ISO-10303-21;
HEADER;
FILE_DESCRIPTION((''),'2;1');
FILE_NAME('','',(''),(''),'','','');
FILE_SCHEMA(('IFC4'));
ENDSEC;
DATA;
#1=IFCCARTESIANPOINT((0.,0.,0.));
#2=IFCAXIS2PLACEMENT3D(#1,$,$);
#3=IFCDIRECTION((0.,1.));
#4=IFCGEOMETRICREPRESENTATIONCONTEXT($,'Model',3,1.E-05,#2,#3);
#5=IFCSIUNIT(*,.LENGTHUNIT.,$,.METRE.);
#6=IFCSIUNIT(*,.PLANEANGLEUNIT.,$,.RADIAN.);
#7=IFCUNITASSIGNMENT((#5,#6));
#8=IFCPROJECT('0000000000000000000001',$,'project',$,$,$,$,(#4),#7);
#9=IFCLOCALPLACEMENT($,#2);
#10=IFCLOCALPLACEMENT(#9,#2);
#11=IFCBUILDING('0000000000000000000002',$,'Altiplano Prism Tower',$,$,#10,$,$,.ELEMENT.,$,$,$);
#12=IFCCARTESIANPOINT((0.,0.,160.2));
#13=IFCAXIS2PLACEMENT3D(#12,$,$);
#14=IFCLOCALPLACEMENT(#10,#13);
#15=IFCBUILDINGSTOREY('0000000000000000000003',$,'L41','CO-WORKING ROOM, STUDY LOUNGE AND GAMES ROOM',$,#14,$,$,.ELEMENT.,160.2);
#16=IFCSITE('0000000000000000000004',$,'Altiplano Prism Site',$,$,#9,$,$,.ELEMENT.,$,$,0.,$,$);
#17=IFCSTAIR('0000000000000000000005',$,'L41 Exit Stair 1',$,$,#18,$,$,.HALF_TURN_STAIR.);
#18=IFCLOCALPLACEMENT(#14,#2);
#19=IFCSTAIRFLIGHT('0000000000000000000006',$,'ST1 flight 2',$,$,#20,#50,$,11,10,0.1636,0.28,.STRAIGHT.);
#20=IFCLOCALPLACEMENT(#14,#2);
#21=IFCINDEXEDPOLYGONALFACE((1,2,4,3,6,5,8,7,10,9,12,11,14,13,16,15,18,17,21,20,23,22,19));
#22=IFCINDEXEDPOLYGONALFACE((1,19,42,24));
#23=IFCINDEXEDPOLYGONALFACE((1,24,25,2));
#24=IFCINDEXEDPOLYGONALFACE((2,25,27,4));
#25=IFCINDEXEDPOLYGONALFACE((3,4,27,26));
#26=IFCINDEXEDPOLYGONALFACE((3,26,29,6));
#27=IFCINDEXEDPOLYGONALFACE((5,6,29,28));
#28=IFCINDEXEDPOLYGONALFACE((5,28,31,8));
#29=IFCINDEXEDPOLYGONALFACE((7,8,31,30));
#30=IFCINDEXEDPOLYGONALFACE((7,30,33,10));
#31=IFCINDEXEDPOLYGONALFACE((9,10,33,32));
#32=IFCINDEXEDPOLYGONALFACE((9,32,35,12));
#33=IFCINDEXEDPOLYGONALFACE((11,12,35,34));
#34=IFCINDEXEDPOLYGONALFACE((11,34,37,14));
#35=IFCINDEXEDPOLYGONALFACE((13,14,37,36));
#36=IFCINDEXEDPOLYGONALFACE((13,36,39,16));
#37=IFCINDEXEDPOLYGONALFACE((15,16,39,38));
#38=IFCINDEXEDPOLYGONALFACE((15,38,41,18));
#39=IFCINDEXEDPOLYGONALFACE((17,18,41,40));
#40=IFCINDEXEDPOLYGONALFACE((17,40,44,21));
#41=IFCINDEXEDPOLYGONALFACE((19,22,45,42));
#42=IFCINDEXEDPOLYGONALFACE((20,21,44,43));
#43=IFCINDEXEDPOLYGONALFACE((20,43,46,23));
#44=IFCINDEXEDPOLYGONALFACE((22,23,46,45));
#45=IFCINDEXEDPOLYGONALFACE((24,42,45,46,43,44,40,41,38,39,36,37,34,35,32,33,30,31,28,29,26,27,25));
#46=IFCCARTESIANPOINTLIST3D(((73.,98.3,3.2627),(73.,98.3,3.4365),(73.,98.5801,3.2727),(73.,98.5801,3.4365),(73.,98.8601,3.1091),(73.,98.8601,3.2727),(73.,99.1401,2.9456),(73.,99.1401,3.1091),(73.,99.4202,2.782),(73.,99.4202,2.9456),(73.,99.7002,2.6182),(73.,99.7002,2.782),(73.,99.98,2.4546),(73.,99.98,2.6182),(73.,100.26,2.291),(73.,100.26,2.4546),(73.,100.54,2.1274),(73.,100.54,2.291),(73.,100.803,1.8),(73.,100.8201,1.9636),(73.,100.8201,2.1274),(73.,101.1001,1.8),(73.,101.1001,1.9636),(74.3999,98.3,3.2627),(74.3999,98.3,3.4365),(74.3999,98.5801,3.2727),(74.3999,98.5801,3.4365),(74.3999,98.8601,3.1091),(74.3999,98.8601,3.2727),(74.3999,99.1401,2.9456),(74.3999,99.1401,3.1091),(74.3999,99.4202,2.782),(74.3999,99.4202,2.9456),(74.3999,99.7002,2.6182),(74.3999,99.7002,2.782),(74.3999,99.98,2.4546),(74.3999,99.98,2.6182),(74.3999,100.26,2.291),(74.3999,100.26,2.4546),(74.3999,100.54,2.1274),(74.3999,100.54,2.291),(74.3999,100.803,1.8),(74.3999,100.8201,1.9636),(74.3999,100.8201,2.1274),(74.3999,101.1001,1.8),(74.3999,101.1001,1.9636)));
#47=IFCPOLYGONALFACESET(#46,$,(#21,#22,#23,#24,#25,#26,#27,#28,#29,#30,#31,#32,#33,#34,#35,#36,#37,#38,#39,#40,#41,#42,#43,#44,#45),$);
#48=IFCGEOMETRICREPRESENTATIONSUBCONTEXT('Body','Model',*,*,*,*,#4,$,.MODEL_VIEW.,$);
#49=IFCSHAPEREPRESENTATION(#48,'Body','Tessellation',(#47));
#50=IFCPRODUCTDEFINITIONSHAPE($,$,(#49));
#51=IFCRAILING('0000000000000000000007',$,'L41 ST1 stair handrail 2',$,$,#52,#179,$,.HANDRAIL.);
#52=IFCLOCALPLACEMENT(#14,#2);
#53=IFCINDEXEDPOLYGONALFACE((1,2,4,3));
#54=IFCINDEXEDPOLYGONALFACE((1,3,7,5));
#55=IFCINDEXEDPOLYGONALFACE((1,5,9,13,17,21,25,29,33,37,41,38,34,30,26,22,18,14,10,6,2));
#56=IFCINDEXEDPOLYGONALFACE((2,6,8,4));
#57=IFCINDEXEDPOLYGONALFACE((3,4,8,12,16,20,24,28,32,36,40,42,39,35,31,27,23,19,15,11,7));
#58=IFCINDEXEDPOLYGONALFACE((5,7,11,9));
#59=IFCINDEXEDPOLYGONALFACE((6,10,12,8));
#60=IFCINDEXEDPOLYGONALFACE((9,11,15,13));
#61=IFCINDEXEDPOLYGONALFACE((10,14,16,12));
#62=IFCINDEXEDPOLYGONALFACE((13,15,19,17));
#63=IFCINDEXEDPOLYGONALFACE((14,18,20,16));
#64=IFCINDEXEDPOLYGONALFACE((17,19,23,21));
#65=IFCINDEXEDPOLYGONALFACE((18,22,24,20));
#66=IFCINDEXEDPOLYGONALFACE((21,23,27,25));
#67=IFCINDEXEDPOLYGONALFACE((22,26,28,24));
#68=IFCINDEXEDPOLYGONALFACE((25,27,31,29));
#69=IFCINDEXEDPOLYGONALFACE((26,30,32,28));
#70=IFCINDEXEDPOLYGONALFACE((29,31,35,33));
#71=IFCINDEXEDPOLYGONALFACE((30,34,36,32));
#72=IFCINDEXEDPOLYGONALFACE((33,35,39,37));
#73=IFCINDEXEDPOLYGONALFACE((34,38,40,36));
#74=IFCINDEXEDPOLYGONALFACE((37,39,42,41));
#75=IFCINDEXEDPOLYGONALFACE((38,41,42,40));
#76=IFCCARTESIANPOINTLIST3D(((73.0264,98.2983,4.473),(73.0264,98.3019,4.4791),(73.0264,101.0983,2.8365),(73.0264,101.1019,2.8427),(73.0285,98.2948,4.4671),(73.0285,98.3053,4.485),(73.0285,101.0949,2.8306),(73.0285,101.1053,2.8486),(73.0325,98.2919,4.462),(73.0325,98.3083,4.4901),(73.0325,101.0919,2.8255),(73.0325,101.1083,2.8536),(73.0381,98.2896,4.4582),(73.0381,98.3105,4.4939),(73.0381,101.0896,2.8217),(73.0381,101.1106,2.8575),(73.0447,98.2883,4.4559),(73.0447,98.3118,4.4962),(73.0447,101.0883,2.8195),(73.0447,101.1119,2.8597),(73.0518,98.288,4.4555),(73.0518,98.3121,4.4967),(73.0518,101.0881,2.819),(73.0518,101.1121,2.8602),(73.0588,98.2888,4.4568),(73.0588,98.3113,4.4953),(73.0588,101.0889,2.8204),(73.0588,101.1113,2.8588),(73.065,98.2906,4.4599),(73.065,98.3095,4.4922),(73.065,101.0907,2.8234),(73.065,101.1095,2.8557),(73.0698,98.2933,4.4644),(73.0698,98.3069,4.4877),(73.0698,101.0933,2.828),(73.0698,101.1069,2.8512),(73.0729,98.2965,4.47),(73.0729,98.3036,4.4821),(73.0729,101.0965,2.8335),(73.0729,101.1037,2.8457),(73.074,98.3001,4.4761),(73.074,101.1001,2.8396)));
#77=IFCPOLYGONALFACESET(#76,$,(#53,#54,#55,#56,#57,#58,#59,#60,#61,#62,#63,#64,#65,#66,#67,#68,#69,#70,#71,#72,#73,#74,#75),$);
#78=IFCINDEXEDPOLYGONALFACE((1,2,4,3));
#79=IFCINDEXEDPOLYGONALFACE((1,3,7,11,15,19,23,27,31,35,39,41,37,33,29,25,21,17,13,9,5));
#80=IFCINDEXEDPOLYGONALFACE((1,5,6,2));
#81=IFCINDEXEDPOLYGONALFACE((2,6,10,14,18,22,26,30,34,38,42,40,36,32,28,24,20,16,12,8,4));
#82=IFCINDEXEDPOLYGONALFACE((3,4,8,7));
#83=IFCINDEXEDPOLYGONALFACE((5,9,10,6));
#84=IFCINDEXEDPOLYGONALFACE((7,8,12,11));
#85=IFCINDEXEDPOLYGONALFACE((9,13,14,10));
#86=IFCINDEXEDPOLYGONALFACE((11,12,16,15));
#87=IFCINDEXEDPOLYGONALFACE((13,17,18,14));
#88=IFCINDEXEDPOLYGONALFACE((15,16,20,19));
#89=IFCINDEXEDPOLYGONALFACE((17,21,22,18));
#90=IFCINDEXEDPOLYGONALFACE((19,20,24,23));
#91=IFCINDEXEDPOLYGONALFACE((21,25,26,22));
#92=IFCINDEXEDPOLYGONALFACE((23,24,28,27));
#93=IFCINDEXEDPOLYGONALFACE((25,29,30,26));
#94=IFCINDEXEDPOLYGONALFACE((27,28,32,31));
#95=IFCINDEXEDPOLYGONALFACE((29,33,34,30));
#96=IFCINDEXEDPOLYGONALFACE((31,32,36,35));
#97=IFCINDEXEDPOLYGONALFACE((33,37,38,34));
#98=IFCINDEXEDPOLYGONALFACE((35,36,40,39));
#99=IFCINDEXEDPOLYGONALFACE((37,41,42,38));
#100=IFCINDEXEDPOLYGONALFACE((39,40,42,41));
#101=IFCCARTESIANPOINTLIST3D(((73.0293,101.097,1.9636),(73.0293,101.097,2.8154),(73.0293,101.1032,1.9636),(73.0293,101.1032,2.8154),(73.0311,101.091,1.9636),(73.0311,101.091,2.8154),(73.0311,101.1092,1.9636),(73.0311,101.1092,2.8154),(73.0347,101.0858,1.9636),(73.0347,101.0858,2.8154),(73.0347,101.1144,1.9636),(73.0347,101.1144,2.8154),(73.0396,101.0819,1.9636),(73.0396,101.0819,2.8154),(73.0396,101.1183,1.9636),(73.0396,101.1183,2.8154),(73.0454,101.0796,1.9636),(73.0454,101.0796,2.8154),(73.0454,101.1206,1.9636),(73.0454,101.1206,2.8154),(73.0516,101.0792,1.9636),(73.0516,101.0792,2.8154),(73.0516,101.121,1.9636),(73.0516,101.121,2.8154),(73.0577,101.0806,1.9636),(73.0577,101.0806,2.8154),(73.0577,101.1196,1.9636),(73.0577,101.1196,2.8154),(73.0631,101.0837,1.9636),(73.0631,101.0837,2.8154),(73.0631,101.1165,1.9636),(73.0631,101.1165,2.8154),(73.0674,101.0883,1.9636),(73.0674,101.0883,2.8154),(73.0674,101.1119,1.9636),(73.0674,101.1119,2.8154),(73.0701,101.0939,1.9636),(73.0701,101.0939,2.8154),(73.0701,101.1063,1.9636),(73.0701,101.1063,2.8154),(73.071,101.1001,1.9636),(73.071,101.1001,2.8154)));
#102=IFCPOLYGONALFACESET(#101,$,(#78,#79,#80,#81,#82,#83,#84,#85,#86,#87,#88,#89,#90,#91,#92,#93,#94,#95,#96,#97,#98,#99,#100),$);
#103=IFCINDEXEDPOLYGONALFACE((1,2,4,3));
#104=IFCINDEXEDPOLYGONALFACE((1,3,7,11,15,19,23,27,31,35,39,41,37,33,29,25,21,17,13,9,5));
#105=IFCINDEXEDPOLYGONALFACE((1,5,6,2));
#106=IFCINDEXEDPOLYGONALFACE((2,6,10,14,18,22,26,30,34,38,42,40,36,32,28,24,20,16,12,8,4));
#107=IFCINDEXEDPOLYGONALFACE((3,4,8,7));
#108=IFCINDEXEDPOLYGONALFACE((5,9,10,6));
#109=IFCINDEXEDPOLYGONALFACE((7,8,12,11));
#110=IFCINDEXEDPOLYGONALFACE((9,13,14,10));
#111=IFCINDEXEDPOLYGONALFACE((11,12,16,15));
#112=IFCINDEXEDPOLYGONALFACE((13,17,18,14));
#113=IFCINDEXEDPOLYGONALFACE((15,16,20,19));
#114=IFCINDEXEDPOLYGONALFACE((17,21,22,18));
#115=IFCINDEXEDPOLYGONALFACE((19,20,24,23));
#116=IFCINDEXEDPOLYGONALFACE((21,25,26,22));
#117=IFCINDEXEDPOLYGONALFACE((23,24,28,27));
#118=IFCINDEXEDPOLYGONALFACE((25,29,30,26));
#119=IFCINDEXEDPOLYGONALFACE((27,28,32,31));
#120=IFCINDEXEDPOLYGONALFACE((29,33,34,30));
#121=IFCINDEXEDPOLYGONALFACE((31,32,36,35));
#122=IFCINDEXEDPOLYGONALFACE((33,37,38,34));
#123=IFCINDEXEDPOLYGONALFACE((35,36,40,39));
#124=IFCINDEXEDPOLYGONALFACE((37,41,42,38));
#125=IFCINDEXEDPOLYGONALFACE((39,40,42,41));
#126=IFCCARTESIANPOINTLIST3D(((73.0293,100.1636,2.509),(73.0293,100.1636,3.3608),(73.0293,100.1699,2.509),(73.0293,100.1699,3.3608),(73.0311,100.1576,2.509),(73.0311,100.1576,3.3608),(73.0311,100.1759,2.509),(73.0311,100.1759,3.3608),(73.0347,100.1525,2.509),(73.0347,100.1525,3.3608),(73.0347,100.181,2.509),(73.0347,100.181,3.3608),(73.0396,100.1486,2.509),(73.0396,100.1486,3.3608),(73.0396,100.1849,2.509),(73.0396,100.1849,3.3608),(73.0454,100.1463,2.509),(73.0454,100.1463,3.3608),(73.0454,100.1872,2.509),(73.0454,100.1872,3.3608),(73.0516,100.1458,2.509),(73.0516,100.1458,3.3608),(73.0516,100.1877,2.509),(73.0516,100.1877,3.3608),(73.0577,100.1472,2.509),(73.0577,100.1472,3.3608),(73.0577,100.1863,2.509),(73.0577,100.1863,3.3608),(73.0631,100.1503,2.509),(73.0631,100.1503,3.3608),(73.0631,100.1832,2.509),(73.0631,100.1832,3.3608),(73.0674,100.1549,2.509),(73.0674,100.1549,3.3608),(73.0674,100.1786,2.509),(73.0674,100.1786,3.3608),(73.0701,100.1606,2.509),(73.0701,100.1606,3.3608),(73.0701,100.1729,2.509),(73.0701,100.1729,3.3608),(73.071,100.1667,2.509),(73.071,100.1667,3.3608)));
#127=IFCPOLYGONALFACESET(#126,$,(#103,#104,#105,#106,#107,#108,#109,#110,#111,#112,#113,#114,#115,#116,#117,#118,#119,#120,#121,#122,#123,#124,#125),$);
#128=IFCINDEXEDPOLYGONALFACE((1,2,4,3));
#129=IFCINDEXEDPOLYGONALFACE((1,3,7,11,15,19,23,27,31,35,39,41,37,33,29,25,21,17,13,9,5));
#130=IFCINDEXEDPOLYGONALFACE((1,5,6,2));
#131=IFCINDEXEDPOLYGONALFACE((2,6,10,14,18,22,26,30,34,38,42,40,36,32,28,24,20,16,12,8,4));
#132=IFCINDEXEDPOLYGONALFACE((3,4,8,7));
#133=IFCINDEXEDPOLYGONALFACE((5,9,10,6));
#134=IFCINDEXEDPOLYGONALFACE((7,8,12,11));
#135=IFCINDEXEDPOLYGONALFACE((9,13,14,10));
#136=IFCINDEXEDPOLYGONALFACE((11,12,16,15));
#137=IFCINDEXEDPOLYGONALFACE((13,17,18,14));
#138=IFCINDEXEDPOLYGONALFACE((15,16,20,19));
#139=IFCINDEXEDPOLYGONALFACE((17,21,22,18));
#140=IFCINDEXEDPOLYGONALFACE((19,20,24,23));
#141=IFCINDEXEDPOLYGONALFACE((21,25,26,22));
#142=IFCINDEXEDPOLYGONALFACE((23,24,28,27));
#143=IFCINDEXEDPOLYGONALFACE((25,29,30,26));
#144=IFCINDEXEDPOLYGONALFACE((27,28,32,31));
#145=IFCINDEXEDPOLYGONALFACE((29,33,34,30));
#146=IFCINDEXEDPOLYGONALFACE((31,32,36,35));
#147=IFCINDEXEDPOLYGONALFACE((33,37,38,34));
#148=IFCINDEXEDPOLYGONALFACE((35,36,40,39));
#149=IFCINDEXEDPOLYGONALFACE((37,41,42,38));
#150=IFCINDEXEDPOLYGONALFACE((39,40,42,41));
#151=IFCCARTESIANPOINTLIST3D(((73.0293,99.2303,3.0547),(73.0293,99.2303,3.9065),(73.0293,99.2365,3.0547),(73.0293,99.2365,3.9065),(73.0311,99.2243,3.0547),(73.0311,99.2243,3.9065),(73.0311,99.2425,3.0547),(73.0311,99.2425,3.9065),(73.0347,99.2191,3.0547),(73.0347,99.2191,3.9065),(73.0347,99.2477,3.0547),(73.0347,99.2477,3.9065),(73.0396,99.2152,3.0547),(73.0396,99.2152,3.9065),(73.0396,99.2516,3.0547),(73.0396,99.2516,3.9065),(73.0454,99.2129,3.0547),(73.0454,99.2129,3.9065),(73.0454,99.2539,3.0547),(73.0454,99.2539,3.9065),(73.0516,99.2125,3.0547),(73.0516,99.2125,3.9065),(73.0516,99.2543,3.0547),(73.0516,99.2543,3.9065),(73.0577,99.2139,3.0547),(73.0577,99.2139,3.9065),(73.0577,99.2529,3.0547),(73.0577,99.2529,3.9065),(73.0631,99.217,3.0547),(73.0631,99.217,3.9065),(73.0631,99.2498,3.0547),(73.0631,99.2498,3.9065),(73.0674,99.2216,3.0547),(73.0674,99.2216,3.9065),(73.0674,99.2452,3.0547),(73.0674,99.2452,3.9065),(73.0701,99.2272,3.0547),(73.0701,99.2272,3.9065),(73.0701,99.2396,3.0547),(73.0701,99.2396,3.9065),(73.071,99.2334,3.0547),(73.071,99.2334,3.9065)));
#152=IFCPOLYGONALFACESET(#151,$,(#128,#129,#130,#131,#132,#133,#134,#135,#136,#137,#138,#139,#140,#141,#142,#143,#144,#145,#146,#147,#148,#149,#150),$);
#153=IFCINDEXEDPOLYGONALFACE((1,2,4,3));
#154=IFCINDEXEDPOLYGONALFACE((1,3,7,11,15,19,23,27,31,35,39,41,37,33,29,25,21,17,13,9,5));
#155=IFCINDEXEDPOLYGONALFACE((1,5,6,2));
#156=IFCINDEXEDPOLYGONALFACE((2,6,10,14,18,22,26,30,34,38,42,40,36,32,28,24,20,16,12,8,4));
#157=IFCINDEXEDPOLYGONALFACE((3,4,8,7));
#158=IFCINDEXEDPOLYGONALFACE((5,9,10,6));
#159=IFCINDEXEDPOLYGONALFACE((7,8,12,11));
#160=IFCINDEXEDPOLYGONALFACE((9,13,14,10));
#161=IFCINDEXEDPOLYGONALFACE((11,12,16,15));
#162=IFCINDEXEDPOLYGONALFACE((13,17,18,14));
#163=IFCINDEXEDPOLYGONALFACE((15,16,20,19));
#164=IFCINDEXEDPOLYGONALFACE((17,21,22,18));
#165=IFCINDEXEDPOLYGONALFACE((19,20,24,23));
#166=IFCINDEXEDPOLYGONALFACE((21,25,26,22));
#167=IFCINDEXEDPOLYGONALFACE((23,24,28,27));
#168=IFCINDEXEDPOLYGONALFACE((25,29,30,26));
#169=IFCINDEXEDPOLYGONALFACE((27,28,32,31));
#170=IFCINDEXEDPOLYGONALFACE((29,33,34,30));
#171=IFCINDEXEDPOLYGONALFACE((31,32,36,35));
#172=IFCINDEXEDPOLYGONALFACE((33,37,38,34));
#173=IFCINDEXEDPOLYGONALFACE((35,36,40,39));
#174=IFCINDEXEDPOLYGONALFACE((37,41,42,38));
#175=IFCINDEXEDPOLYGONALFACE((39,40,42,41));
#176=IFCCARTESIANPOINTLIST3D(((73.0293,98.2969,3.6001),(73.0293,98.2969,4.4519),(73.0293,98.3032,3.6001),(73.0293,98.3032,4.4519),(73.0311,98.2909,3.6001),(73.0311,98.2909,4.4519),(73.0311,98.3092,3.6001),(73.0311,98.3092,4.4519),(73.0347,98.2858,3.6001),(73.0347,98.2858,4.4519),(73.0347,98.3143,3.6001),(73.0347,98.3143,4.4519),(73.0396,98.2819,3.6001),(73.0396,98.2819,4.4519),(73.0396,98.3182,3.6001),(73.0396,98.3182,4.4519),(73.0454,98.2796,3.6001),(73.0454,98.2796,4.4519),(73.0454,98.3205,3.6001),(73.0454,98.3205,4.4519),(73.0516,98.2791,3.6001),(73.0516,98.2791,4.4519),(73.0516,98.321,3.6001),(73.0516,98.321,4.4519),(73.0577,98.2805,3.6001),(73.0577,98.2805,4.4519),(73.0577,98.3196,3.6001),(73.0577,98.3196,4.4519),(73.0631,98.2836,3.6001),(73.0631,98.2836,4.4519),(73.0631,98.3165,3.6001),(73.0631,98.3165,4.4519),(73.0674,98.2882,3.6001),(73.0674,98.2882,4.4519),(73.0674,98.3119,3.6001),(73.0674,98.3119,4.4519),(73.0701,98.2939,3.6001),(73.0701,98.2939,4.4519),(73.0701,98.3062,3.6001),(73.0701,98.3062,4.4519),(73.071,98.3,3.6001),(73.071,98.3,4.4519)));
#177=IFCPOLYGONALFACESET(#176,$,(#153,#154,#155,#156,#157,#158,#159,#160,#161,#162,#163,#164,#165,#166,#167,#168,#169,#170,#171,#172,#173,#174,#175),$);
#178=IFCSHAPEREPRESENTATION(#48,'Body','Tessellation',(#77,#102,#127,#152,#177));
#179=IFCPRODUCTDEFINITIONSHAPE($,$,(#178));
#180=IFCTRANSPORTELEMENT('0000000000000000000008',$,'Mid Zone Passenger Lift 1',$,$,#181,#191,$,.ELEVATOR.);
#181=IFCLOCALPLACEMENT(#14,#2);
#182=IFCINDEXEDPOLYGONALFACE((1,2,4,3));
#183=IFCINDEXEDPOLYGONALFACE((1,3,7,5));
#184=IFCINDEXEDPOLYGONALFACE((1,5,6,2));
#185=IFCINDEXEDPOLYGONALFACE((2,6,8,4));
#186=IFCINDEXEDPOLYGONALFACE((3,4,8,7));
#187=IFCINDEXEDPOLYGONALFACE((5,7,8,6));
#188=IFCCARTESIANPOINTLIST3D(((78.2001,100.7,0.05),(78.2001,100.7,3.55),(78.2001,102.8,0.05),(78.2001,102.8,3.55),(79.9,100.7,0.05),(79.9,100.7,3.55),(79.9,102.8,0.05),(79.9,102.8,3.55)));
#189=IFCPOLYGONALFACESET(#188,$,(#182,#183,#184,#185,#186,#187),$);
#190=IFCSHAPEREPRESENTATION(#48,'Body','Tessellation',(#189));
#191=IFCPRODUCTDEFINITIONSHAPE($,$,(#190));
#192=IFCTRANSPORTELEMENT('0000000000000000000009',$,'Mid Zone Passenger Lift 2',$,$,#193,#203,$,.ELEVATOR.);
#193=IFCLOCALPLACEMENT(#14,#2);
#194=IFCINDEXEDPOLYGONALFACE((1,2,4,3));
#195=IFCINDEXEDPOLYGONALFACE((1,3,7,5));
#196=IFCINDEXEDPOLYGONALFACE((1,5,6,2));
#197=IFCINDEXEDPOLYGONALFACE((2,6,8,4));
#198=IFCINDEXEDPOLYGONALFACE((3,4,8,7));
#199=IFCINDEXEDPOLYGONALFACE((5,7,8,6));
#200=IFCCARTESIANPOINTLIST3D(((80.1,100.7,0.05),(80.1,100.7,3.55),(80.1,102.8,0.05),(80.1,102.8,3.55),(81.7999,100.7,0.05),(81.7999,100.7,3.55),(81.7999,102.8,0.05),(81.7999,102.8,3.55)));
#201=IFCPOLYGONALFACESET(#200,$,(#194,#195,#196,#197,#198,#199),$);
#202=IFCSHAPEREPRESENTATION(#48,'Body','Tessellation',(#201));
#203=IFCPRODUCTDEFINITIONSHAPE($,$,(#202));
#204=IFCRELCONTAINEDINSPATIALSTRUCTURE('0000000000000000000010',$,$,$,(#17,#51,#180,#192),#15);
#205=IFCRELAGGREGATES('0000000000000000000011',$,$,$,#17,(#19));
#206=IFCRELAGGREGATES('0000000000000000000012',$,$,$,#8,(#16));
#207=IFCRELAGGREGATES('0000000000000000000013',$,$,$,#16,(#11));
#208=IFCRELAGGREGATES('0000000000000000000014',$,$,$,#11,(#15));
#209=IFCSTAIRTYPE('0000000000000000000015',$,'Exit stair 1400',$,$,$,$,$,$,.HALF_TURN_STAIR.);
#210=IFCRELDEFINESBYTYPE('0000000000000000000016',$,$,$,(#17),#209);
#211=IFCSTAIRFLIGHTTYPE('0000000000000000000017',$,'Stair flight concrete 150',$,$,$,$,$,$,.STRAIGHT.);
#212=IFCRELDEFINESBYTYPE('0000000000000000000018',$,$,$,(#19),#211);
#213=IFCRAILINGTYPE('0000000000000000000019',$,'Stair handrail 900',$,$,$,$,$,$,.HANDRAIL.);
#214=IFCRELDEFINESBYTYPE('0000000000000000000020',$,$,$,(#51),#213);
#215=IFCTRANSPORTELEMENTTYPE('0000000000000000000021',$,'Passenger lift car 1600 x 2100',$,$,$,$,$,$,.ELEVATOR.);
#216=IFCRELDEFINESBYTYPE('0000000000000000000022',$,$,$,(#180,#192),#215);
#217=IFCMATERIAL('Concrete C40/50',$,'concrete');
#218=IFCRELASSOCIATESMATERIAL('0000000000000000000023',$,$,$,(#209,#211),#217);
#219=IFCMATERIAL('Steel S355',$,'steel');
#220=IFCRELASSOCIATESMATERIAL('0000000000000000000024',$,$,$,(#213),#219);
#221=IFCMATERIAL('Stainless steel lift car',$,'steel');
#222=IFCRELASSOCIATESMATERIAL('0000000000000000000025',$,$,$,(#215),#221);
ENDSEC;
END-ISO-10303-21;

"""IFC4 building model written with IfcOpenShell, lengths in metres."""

from ifc_helpers import new_model, si_unit, direction, frame, origin, origin_2d, place, context, subcontext, project, spatial, polyline, rectangle, circle, outline, extrude, material, type_object, element, aggregate, save


model = new_model("IFC4")

# Units and contexts
model_context = context("Model", 3, precision=1e-05, world=origin(), true_north=direction((0.0, 1.0)))
body_context = subcontext(model_context, "Body", "Model", "MODEL_VIEW")
ifc_project = project(units=[si_unit("LENGTHUNIT", "METRE"), si_unit("PLANEANGLEUNIT", "RADIAN")], contexts=[model_context])

# Site, building, storey
site_placement = place(None, origin())
site = spatial("IfcSite", under=ifc_project, at=site_placement, Name="Altiplano Prism Site", CompositionType="ELEMENT", RefElevation=0.0)
building_placement = place(site_placement, origin())
building = spatial("IfcBuilding", under=site, at=building_placement, Name="Altiplano Prism Tower", CompositionType="ELEMENT")
storey_placement = place(building_placement, frame((0.0, 0.0, 160.2)))
storey = spatial("IfcBuildingStorey", under=building, at=storey_placement, Name="L41", Description="CO-WORKING ROOM, STUDY LOUNGE AND GAMES ROOM", CompositionType="ELEMENT", Elevation=160.2)

# Shared definitions
ifc_material_1 = material(Name="Steel S355", Category="steel")

# Stair, stair flight
ifc_material_2 = material(Name="Concrete C40/50", Category="concrete")
stair_type = type_object("IfcStairType", Name="Exit stair 1400", PredefinedType="HALF_TURN_STAIR", material=ifc_material_2)
stair_placement = place(storey_placement, origin())
stair = element("IfcStair", 1, at=stair_placement, inside=storey, type_object=stair_type, Name="L41 Exit Stair 1", PredefinedType="HALF_TURN_STAIR")
stair_flight_type = type_object("IfcStairFlightType", Name="Stair flight concrete 150", PredefinedType="STRAIGHT", material=ifc_material_2)
stair_flight_placement = place(storey_placement, frame((73.7, 101.1001, 1.8), z_axis=(0.0, 0.0, 1.0), x_axis=(0.0, -1.0, 0.0)))
stair_flight = element("IfcStairFlight", 2, at=stair_flight_placement, type_object=stair_flight_type, Name="ST1 flight 2", NumberOfRisers=11, NumberOfTreads=10, PredefinedType="STRAIGHT", RiserHeight=0.1636, TreadLength=0.28, context=body_context, shape_type="SweptSolid", body=[
    extrude(outline(polyline([(0.0, 0.0), (0.0, 0.1636), (0.28, 0.1636), (0.28, 0.3274), (0.5601, 0.3274), (0.5601, 0.491), (0.8401, 0.491), (0.8401, 0.6545), (1.1201, 0.6545), (1.1201, 0.8181), (1.3999, 0.8181), (1.3999, 0.9819), (1.6799, 0.9819), (1.6799, 1.1455), (1.96, 1.1455), (1.96, 1.3091), (2.24, 1.3091), (2.24, 1.4727), (2.52, 1.4727), (2.52, 1.6365), (2.8, 1.6365), (2.8, 1.8), (2.8, 1.4626), (0.2971, 0.0), (0.0, 0.0)])), frame((0.0, 0.7, 0.0), z_axis=(0.0, -1.0, 0.0), x_axis=(1.0, 0.0, 0.0)), (0.0, 0.0, 1.0), 1.3999),
])
aggregate(stair, [stair_flight])

# Railing
railing_type = type_object("IfcRailingType", Name="Stair handrail 900", PredefinedType="HANDRAIL", material=ifc_material_1)
railing_placement = place(storey_placement, frame((73.05, 101.1001, 1.9636)))
element("IfcRailing", 3, at=railing_placement, inside=storey, type_object=railing_type, Name="L41 ST1 stair handrail 2", PredefinedType="HANDRAIL", context=body_context, shape_type="SweptSolid", body=[
    extrude(circle(Radius=0.0239, at=origin_2d()), frame((0.0, 0.0, 0.876), z_axis=(0.0, -0.863361, 0.504587), x_axis=(1.0, 0.0, 0.0)), (0.0, 0.0, 1.0), 3.2432),
    extrude(circle(Radius=0.021, at=origin_2d()), origin(), (0.0, 0.0, 1.0), 0.8518),
    extrude(circle(Radius=0.021, at=origin_2d()), frame((0.0, -0.9333, 0.5454)), (0.0, 0.0, 1.0), 0.8518),
    extrude(circle(Radius=0.021, at=origin_2d()), frame((0.0, -1.8667, 1.0911)), (0.0, 0.0, 1.0), 0.8518),
    extrude(circle(Radius=0.021, at=origin_2d()), frame((0.0, -2.8, 1.6365)), (0.0, 0.0, 1.0), 0.8518),
])

# Transport elements
ifc_material_3 = material(Name="Stainless steel lift car", Category="steel")
transport_element_type = type_object("IfcTransportElementType", Name="Passenger lift car 1600 x 2100", PredefinedType="ELEVATOR", material=ifc_material_3)
for number, where, z_axis, x_axis, name in (
    (4, (79.05, 101.75, 0.05), (0.0, 0.0, 1.0), (1.0, 0.0, 0.0), "Mid Zone Passenger Lift 1"),
    (5, (80.95, 101.75, 0.05), (0.0, 0.0, 1.0), (1.0, 0.0, 0.0), "Mid Zone Passenger Lift 2"),
):
    element("IfcTransportElement", number, at=place(storey_placement, frame(where, z_axis=z_axis, x_axis=x_axis)), inside=storey, type_object=transport_element_type, Name=name, PredefinedType="ELEVATOR", context=body_context, shape_type="SweptSolid", body=[
        extrude(rectangle(XDim=1.7, YDim=2.1001, at=origin_2d()), origin(), (0.0, 0.0, 1.0), 3.5),
    ])

save(model, "model.ifc")
